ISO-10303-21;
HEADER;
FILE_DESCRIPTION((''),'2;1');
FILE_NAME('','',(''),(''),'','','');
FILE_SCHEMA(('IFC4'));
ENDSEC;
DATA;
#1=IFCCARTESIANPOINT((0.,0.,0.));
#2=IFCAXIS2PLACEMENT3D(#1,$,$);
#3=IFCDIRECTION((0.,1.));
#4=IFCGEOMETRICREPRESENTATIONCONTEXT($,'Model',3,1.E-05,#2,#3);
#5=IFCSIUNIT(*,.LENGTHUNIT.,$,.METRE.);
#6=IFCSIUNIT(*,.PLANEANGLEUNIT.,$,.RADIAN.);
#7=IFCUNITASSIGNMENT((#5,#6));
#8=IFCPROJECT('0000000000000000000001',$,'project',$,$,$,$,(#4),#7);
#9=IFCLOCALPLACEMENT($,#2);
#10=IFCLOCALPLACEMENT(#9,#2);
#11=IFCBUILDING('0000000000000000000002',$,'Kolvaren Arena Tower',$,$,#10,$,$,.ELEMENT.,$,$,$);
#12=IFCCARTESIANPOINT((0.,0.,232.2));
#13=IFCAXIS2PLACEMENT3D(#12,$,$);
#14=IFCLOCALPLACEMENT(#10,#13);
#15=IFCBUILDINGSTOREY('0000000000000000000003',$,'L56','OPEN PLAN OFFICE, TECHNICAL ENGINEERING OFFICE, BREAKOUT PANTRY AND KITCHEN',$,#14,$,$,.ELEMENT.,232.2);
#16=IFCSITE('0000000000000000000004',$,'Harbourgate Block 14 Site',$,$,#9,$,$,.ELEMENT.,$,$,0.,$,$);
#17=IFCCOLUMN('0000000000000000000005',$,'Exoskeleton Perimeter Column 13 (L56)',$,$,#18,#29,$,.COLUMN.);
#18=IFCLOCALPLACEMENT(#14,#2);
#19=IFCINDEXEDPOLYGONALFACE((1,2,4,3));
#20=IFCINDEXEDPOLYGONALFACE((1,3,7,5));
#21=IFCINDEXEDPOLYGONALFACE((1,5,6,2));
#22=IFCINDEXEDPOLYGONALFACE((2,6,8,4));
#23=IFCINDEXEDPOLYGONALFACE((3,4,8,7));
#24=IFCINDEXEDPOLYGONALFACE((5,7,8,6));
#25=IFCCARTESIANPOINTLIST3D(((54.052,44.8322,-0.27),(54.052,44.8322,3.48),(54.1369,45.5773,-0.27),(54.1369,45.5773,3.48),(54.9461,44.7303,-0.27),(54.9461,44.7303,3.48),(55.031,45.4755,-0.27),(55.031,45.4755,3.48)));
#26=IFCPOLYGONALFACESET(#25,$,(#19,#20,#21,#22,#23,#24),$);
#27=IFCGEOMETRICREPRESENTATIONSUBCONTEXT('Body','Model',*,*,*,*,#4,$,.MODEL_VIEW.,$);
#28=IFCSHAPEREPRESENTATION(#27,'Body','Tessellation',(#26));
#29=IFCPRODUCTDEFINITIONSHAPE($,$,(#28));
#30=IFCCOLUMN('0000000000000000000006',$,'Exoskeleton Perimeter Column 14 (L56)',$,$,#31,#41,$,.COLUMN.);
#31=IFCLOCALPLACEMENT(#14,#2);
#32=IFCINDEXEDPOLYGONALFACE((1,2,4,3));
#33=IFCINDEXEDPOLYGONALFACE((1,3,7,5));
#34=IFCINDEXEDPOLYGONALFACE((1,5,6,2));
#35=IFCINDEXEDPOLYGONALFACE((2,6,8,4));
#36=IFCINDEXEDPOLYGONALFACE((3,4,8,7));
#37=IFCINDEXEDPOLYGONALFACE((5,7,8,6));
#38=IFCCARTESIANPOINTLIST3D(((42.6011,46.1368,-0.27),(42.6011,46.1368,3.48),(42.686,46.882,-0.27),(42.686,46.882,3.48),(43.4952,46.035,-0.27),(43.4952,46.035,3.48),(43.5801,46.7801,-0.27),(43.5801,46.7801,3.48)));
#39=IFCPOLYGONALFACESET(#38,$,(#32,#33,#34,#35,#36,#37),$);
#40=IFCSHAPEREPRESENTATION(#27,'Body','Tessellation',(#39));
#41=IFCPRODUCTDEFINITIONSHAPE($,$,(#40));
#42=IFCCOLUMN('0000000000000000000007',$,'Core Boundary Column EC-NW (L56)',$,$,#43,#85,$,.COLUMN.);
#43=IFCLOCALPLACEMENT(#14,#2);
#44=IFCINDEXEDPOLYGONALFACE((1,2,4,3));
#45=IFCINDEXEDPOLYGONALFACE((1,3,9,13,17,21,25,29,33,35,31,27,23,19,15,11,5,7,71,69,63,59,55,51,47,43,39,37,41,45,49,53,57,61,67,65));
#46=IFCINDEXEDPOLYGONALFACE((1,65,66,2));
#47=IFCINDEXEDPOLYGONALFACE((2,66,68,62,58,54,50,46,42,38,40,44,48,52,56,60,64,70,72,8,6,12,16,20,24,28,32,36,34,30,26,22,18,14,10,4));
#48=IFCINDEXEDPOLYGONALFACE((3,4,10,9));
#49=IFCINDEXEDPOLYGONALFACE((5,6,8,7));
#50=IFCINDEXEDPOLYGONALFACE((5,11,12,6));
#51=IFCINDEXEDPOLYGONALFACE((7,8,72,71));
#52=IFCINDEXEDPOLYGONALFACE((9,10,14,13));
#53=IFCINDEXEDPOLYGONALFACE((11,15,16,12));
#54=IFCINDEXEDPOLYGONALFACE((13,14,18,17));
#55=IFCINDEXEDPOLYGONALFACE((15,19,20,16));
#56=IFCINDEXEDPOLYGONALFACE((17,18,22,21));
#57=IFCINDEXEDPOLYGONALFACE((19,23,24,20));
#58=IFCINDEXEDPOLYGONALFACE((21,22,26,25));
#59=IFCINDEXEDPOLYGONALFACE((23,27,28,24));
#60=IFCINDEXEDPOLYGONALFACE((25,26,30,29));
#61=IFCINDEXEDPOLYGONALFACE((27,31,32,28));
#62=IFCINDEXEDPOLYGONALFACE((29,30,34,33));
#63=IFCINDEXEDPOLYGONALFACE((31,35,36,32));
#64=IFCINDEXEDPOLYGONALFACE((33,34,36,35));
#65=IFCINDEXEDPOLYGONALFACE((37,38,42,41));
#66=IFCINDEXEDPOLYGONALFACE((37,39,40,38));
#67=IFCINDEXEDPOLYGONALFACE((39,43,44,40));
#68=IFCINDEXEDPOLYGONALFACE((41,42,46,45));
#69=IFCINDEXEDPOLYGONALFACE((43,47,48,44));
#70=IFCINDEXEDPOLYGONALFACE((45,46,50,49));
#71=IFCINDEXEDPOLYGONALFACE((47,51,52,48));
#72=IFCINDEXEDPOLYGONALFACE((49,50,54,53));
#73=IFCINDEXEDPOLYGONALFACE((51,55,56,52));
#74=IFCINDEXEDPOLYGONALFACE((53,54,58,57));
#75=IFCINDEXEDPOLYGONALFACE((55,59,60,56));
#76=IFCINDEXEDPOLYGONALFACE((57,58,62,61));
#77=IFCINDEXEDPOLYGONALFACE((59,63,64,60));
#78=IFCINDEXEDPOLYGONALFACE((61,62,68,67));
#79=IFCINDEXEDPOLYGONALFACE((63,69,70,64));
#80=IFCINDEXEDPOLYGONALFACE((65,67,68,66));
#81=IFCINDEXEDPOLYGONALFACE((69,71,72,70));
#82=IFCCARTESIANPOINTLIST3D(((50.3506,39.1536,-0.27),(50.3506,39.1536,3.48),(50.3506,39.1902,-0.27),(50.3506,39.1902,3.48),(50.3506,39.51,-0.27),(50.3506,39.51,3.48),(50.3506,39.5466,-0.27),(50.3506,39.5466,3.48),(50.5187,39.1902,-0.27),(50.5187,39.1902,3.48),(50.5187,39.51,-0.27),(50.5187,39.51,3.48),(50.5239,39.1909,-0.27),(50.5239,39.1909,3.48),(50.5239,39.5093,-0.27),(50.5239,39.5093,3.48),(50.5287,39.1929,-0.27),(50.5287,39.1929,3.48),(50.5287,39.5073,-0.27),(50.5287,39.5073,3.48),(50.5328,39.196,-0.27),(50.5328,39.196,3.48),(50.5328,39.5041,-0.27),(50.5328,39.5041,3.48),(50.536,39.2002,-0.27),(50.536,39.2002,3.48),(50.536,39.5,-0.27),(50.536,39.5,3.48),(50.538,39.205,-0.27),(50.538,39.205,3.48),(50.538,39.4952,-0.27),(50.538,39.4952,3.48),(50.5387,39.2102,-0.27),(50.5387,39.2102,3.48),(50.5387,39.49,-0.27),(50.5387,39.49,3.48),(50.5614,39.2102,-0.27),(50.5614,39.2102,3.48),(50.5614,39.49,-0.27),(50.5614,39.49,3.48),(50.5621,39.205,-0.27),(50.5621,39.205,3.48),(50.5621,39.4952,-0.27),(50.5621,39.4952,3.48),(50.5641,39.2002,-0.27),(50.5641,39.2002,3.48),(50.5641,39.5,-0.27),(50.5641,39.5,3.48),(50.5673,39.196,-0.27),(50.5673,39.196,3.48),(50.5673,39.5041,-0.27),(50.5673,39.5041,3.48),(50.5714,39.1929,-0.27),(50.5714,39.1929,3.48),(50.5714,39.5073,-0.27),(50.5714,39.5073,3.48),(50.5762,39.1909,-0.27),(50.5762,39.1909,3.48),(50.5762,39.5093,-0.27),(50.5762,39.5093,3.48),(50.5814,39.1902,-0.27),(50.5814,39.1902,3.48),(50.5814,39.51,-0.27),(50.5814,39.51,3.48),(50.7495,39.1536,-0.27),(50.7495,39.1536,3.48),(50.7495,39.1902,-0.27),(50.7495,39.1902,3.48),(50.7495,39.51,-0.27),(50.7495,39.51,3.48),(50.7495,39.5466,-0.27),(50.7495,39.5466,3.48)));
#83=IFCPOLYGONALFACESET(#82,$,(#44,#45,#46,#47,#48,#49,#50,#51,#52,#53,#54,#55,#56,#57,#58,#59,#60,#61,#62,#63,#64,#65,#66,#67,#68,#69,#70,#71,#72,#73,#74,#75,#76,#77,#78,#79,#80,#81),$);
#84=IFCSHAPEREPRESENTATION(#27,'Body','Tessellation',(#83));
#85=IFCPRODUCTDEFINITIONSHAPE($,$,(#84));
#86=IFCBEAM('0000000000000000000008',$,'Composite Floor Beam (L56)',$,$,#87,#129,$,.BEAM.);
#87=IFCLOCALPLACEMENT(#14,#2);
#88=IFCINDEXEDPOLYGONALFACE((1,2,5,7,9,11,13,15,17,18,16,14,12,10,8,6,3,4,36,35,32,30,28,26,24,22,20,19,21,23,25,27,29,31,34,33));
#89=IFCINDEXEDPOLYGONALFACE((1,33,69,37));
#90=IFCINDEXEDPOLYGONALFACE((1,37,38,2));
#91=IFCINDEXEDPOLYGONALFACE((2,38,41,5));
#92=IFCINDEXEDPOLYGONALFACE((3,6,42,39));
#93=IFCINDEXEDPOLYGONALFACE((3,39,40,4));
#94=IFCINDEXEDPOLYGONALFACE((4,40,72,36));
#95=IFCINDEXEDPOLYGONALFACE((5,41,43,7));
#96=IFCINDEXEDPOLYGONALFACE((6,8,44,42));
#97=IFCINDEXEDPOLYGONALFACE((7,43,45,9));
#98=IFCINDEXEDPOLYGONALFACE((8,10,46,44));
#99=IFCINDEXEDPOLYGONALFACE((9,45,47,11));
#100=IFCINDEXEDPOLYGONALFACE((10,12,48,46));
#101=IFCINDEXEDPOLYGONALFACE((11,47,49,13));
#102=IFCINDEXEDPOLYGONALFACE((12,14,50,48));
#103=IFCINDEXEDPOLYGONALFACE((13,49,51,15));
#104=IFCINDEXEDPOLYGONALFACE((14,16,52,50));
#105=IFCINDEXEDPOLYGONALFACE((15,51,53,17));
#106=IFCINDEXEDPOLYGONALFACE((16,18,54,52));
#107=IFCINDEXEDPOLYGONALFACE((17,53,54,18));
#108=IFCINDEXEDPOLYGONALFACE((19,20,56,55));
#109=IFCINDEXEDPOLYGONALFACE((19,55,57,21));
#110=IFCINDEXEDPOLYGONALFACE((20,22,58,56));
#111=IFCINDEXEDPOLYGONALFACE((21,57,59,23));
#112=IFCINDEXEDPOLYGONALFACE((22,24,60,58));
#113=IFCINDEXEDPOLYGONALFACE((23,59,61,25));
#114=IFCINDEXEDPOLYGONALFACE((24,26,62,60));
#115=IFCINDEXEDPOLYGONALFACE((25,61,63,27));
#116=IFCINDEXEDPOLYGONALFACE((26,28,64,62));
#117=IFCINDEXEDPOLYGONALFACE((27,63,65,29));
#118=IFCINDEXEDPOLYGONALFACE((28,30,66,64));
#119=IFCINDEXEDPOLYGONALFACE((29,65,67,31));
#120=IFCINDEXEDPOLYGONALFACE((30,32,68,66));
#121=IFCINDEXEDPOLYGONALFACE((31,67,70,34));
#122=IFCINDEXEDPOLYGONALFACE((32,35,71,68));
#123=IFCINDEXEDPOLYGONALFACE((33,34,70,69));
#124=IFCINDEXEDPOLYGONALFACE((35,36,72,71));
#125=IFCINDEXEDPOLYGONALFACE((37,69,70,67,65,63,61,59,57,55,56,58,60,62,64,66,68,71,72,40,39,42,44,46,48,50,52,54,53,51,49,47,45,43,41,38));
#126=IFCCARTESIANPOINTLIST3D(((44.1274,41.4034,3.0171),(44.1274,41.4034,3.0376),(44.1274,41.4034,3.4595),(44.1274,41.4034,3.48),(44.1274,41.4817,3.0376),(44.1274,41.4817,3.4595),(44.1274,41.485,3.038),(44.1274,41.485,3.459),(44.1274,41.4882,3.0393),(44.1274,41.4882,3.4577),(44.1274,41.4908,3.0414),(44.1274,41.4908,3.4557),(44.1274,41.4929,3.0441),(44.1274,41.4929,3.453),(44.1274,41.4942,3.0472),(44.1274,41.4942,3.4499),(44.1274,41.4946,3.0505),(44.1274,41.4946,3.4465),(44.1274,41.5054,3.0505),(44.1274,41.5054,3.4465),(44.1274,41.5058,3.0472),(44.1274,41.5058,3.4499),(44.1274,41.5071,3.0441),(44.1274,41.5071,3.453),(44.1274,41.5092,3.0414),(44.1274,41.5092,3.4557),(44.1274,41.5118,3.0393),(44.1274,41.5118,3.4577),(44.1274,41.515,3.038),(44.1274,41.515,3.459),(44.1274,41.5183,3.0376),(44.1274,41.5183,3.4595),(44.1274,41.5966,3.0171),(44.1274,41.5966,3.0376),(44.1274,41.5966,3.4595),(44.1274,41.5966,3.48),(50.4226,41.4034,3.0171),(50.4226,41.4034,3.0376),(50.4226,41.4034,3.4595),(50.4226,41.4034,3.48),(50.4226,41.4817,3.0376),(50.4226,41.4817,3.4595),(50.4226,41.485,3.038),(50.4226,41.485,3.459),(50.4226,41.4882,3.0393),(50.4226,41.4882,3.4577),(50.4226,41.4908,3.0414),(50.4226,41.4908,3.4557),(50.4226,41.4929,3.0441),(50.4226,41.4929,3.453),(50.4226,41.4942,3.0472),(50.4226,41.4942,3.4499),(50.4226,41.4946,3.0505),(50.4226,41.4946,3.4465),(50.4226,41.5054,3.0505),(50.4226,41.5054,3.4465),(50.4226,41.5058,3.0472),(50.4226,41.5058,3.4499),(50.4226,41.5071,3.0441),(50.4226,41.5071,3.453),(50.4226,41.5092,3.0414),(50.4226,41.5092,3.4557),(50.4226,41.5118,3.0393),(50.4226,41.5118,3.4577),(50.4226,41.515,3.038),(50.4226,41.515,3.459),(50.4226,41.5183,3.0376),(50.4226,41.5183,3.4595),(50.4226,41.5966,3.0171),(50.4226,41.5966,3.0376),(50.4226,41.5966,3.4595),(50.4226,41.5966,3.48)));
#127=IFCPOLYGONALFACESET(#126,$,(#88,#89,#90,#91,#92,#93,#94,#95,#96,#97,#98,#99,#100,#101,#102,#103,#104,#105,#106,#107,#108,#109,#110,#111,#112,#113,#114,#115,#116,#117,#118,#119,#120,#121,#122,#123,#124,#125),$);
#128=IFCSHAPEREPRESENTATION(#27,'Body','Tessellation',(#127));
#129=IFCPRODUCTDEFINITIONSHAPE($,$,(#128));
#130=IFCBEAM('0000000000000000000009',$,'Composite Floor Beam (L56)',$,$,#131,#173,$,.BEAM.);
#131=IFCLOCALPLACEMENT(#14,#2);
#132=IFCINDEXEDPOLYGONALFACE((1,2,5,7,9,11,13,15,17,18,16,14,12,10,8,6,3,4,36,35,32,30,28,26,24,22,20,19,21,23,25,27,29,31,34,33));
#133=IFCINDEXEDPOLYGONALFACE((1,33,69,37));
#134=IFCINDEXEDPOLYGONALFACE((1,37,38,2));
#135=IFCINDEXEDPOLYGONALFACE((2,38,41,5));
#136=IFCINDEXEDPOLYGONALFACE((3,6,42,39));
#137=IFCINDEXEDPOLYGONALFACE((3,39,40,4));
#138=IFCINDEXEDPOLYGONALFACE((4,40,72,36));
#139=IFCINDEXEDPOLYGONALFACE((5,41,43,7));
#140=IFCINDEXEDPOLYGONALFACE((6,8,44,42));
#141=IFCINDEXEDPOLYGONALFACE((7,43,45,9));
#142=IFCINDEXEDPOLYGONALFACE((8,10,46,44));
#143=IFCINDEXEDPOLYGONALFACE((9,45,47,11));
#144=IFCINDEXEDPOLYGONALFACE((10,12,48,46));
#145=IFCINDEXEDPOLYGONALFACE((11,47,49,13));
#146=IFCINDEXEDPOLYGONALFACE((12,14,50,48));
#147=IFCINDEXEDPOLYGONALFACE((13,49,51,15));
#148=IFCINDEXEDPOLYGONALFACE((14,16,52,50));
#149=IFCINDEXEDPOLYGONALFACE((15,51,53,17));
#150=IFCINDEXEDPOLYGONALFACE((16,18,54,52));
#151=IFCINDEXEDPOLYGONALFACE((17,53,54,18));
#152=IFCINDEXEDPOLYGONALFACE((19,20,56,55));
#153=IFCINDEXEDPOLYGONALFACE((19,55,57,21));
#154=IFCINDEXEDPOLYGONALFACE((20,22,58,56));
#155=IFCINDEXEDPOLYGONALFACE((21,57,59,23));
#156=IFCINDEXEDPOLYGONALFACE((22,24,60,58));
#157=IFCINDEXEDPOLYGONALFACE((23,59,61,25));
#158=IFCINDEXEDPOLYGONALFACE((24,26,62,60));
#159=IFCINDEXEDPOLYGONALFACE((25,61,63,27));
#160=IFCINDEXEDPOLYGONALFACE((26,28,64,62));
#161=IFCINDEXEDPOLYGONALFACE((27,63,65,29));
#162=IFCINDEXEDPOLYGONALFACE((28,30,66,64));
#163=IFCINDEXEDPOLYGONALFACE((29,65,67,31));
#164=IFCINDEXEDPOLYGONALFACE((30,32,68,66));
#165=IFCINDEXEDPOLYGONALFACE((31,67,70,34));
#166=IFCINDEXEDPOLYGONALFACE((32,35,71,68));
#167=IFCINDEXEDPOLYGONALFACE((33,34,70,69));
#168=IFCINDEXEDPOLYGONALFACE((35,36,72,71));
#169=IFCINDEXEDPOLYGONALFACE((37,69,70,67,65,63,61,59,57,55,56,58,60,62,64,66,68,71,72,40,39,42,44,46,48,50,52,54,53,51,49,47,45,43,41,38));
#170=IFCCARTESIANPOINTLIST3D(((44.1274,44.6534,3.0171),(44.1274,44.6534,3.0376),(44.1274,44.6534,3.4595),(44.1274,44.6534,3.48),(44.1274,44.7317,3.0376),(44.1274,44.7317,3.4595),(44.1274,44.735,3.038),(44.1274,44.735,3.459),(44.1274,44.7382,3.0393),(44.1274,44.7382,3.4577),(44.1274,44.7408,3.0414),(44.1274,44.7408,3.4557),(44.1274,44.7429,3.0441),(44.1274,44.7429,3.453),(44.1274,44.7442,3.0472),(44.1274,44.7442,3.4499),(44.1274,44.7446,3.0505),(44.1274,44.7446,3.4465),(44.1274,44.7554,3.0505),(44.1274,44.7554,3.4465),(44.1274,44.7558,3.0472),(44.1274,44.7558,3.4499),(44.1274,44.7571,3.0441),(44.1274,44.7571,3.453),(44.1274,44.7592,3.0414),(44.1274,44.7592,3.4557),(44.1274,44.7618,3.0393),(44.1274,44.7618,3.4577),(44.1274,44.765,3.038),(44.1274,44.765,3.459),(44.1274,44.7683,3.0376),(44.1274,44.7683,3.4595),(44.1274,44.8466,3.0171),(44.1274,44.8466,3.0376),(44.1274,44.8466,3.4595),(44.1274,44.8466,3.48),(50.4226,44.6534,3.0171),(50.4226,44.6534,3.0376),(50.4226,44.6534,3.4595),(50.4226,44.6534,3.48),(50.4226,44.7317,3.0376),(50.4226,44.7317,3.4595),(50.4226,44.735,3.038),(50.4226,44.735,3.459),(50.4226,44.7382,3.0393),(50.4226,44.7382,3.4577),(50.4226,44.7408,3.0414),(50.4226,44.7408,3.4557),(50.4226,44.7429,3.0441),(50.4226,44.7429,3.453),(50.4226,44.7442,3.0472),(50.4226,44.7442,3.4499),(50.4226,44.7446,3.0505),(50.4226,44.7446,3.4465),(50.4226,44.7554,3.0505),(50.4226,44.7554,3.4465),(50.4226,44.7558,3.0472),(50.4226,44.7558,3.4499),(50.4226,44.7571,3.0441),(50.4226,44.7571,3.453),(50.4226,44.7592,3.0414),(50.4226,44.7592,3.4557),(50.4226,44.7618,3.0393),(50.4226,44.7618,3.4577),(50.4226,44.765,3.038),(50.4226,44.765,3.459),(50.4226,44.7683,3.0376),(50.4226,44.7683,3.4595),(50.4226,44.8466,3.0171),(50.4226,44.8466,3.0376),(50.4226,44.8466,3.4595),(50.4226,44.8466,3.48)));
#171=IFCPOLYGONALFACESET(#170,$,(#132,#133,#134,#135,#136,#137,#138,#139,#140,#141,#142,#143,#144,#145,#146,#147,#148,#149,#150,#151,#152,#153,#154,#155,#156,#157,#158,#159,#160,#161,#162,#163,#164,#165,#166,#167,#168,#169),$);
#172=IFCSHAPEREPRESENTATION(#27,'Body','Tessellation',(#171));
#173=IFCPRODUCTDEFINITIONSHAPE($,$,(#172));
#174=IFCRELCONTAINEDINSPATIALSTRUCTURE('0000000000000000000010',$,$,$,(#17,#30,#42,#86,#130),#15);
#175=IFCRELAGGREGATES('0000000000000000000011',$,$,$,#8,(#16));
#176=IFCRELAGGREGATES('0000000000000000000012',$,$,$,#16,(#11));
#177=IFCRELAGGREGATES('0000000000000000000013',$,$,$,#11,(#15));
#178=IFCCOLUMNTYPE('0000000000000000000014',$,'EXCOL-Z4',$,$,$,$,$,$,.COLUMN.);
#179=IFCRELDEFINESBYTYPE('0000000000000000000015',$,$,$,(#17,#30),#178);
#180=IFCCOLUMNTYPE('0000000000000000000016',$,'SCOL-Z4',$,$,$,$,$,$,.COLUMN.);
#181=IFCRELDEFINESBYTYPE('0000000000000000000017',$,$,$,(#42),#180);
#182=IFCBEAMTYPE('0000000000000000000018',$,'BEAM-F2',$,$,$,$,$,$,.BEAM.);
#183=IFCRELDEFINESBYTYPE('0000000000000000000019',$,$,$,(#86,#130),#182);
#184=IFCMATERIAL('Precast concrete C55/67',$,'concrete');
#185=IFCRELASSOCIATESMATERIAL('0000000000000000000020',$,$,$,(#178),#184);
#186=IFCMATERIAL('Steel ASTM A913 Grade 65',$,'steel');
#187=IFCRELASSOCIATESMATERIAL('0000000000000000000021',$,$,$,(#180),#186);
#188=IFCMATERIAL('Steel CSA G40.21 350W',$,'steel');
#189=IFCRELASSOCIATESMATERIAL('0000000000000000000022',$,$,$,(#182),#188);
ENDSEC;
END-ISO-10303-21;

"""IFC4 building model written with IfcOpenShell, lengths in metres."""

from ifc_helpers import new_model, si_unit, direction, frame, origin, origin_2d, place, context, subcontext, project, spatial, rectangle, i_section, extrude, material, material_profile, profile_set, type_object, element, save


model = new_model("IFC4")

# Units and contexts
model_context = context("Model", 3, precision=1e-05, world=origin(), true_north=direction((0.0, 1.0)))
body_context = subcontext(model_context, "Body", "Model", "MODEL_VIEW")
ifc_project = project(units=[si_unit("LENGTHUNIT", "METRE"), si_unit("PLANEANGLEUNIT", "RADIAN")], contexts=[model_context])

# Site, building, storey
site_placement = place(None, origin())
site = spatial("IfcSite", under=ifc_project, at=site_placement, Name="Harbourgate Block 14 Site", CompositionType="ELEMENT", RefElevation=0.0)
building_placement = place(site_placement, origin())
building = spatial("IfcBuilding", under=site, at=building_placement, Name="Kolvaren Arena Tower", CompositionType="ELEMENT")
storey_placement = place(building_placement, frame((0.0, 0.0, 232.2)))
storey = spatial("IfcBuildingStorey", under=building, at=storey_placement, Name="L56", Description="OPEN PLAN OFFICE, TECHNICAL ENGINEERING OFFICE, BREAKOUT PANTRY AND KITCHEN", CompositionType="ELEMENT", Elevation=232.2)

# Columns
ifc_material_1 = material(Name="Precast concrete C55/67", Category="concrete")
ifc_material_profile_1 = material_profile(ifc_material_1, rectangle(XDim=0.8999, YDim=0.75, at=origin_2d()), Name="RC-900x750")
ifc_profile_set_1 = profile_set([ifc_material_profile_1], Name="Precast concrete C55/67")
column_type_1 = type_object("IfcColumnType", Name="EXCOL-Z4", PredefinedType="COLUMN", material=ifc_profile_set_1)
for number, where, z_axis, x_axis, name in (
    (1, (54.5415, 45.1538, -0.27), (0.0, 0.0, 1.0), (0.993572, -0.113203, 0.0), "Exoskeleton Perimeter Column 13 (L56)"),
    (2, (43.0906, 46.4585, -0.27), (0.0, 0.0, 1.0), (0.993572, -0.113203, 0.0), "Exoskeleton Perimeter Column 14 (L56)"),
):
    element("IfcColumn", number, at=place(storey_placement, frame(where, z_axis=z_axis, x_axis=x_axis)), inside=storey, type_object=column_type_1, Name=name, PredefinedType="COLUMN", context=body_context, shape_type="SweptSolid", body=[
        extrude(rectangle(XDim=0.8999, YDim=0.75, at=origin_2d()), origin(), (0.0, 0.0, 1.0), 3.75),
    ])
ifc_material_2 = material(Name="Steel ASTM A913 Grade 65", Category="steel")
ifc_material_profile_2 = material_profile(ifc_material_2, i_section(OverallWidth=0.3989, OverallDepth=0.3931, WebThickness=0.0227, FlangeThickness=0.0366, FilletRadius=0.02, at=origin_2d()), Name="W360x287")
ifc_profile_set_2 = profile_set([ifc_material_profile_2], Name="Steel ASTM A913 Grade 65")
column_type_2 = type_object("IfcColumnType", Name="SCOL-Z4", PredefinedType="COLUMN", material=ifc_profile_set_2)
column_placement = place(storey_placement, frame((50.55, 39.3501, -0.27), z_axis=(0.0, 0.0, 1.0), x_axis=(1.0, 0.0, 0.0)))
element("IfcColumn", 3, at=column_placement, inside=storey, type_object=column_type_2, Name="Core Boundary Column EC-NW (L56)", PredefinedType="COLUMN", context=body_context, shape_type="SweptSolid", body=[
    extrude(i_section(OverallWidth=0.3989, OverallDepth=0.3931, WebThickness=0.0227, FlangeThickness=0.0366, FilletRadius=0.02, at=origin_2d()), origin(), (0.0, 0.0, 1.0), 3.75),
])

# Beams
ifc_material_3 = material(Name="Steel CSA G40.21 350W", Category="steel")
ifc_material_profile_3 = material_profile(ifc_material_3, i_section(OverallWidth=0.1931, OverallDepth=0.4629, WebThickness=0.0107, FlangeThickness=0.0205, FilletRadius=0.0129, at=origin_2d()), Name="W460x113")
ifc_profile_set_3 = profile_set([ifc_material_profile_3], Name="Steel CSA G40.21 350W")
beam_type_1 = type_object("IfcBeamType", Name="BEAM-F2", PredefinedType="BEAM", material=ifc_profile_set_3)
for number, where, z_axis, x_axis, name in (
    (4, (44.1274, 41.5, 3.2485), (1.0, 0.0, 0.0), (0.0, 1.0, 0.0), "Composite Floor Beam (L56)"),
    (5, (44.1274, 44.75, 3.2485), (1.0, 0.0, 0.0), (0.0, 1.0, 0.0), "Composite Floor Beam (L56)"),
):
    element("IfcBeam", number, at=place(storey_placement, frame(where, z_axis=z_axis, x_axis=x_axis)), inside=storey, type_object=beam_type_1, Name=name, PredefinedType="BEAM", context=body_context, shape_type="SweptSolid", body=[
        extrude(i_section(OverallWidth=0.1931, OverallDepth=0.4629, WebThickness=0.0107, FlangeThickness=0.0205, FilletRadius=0.0129, at=origin_2d()), origin(), (0.0, 0.0, 1.0), 6.2952),
    ])

save(model, "model.ifc")
